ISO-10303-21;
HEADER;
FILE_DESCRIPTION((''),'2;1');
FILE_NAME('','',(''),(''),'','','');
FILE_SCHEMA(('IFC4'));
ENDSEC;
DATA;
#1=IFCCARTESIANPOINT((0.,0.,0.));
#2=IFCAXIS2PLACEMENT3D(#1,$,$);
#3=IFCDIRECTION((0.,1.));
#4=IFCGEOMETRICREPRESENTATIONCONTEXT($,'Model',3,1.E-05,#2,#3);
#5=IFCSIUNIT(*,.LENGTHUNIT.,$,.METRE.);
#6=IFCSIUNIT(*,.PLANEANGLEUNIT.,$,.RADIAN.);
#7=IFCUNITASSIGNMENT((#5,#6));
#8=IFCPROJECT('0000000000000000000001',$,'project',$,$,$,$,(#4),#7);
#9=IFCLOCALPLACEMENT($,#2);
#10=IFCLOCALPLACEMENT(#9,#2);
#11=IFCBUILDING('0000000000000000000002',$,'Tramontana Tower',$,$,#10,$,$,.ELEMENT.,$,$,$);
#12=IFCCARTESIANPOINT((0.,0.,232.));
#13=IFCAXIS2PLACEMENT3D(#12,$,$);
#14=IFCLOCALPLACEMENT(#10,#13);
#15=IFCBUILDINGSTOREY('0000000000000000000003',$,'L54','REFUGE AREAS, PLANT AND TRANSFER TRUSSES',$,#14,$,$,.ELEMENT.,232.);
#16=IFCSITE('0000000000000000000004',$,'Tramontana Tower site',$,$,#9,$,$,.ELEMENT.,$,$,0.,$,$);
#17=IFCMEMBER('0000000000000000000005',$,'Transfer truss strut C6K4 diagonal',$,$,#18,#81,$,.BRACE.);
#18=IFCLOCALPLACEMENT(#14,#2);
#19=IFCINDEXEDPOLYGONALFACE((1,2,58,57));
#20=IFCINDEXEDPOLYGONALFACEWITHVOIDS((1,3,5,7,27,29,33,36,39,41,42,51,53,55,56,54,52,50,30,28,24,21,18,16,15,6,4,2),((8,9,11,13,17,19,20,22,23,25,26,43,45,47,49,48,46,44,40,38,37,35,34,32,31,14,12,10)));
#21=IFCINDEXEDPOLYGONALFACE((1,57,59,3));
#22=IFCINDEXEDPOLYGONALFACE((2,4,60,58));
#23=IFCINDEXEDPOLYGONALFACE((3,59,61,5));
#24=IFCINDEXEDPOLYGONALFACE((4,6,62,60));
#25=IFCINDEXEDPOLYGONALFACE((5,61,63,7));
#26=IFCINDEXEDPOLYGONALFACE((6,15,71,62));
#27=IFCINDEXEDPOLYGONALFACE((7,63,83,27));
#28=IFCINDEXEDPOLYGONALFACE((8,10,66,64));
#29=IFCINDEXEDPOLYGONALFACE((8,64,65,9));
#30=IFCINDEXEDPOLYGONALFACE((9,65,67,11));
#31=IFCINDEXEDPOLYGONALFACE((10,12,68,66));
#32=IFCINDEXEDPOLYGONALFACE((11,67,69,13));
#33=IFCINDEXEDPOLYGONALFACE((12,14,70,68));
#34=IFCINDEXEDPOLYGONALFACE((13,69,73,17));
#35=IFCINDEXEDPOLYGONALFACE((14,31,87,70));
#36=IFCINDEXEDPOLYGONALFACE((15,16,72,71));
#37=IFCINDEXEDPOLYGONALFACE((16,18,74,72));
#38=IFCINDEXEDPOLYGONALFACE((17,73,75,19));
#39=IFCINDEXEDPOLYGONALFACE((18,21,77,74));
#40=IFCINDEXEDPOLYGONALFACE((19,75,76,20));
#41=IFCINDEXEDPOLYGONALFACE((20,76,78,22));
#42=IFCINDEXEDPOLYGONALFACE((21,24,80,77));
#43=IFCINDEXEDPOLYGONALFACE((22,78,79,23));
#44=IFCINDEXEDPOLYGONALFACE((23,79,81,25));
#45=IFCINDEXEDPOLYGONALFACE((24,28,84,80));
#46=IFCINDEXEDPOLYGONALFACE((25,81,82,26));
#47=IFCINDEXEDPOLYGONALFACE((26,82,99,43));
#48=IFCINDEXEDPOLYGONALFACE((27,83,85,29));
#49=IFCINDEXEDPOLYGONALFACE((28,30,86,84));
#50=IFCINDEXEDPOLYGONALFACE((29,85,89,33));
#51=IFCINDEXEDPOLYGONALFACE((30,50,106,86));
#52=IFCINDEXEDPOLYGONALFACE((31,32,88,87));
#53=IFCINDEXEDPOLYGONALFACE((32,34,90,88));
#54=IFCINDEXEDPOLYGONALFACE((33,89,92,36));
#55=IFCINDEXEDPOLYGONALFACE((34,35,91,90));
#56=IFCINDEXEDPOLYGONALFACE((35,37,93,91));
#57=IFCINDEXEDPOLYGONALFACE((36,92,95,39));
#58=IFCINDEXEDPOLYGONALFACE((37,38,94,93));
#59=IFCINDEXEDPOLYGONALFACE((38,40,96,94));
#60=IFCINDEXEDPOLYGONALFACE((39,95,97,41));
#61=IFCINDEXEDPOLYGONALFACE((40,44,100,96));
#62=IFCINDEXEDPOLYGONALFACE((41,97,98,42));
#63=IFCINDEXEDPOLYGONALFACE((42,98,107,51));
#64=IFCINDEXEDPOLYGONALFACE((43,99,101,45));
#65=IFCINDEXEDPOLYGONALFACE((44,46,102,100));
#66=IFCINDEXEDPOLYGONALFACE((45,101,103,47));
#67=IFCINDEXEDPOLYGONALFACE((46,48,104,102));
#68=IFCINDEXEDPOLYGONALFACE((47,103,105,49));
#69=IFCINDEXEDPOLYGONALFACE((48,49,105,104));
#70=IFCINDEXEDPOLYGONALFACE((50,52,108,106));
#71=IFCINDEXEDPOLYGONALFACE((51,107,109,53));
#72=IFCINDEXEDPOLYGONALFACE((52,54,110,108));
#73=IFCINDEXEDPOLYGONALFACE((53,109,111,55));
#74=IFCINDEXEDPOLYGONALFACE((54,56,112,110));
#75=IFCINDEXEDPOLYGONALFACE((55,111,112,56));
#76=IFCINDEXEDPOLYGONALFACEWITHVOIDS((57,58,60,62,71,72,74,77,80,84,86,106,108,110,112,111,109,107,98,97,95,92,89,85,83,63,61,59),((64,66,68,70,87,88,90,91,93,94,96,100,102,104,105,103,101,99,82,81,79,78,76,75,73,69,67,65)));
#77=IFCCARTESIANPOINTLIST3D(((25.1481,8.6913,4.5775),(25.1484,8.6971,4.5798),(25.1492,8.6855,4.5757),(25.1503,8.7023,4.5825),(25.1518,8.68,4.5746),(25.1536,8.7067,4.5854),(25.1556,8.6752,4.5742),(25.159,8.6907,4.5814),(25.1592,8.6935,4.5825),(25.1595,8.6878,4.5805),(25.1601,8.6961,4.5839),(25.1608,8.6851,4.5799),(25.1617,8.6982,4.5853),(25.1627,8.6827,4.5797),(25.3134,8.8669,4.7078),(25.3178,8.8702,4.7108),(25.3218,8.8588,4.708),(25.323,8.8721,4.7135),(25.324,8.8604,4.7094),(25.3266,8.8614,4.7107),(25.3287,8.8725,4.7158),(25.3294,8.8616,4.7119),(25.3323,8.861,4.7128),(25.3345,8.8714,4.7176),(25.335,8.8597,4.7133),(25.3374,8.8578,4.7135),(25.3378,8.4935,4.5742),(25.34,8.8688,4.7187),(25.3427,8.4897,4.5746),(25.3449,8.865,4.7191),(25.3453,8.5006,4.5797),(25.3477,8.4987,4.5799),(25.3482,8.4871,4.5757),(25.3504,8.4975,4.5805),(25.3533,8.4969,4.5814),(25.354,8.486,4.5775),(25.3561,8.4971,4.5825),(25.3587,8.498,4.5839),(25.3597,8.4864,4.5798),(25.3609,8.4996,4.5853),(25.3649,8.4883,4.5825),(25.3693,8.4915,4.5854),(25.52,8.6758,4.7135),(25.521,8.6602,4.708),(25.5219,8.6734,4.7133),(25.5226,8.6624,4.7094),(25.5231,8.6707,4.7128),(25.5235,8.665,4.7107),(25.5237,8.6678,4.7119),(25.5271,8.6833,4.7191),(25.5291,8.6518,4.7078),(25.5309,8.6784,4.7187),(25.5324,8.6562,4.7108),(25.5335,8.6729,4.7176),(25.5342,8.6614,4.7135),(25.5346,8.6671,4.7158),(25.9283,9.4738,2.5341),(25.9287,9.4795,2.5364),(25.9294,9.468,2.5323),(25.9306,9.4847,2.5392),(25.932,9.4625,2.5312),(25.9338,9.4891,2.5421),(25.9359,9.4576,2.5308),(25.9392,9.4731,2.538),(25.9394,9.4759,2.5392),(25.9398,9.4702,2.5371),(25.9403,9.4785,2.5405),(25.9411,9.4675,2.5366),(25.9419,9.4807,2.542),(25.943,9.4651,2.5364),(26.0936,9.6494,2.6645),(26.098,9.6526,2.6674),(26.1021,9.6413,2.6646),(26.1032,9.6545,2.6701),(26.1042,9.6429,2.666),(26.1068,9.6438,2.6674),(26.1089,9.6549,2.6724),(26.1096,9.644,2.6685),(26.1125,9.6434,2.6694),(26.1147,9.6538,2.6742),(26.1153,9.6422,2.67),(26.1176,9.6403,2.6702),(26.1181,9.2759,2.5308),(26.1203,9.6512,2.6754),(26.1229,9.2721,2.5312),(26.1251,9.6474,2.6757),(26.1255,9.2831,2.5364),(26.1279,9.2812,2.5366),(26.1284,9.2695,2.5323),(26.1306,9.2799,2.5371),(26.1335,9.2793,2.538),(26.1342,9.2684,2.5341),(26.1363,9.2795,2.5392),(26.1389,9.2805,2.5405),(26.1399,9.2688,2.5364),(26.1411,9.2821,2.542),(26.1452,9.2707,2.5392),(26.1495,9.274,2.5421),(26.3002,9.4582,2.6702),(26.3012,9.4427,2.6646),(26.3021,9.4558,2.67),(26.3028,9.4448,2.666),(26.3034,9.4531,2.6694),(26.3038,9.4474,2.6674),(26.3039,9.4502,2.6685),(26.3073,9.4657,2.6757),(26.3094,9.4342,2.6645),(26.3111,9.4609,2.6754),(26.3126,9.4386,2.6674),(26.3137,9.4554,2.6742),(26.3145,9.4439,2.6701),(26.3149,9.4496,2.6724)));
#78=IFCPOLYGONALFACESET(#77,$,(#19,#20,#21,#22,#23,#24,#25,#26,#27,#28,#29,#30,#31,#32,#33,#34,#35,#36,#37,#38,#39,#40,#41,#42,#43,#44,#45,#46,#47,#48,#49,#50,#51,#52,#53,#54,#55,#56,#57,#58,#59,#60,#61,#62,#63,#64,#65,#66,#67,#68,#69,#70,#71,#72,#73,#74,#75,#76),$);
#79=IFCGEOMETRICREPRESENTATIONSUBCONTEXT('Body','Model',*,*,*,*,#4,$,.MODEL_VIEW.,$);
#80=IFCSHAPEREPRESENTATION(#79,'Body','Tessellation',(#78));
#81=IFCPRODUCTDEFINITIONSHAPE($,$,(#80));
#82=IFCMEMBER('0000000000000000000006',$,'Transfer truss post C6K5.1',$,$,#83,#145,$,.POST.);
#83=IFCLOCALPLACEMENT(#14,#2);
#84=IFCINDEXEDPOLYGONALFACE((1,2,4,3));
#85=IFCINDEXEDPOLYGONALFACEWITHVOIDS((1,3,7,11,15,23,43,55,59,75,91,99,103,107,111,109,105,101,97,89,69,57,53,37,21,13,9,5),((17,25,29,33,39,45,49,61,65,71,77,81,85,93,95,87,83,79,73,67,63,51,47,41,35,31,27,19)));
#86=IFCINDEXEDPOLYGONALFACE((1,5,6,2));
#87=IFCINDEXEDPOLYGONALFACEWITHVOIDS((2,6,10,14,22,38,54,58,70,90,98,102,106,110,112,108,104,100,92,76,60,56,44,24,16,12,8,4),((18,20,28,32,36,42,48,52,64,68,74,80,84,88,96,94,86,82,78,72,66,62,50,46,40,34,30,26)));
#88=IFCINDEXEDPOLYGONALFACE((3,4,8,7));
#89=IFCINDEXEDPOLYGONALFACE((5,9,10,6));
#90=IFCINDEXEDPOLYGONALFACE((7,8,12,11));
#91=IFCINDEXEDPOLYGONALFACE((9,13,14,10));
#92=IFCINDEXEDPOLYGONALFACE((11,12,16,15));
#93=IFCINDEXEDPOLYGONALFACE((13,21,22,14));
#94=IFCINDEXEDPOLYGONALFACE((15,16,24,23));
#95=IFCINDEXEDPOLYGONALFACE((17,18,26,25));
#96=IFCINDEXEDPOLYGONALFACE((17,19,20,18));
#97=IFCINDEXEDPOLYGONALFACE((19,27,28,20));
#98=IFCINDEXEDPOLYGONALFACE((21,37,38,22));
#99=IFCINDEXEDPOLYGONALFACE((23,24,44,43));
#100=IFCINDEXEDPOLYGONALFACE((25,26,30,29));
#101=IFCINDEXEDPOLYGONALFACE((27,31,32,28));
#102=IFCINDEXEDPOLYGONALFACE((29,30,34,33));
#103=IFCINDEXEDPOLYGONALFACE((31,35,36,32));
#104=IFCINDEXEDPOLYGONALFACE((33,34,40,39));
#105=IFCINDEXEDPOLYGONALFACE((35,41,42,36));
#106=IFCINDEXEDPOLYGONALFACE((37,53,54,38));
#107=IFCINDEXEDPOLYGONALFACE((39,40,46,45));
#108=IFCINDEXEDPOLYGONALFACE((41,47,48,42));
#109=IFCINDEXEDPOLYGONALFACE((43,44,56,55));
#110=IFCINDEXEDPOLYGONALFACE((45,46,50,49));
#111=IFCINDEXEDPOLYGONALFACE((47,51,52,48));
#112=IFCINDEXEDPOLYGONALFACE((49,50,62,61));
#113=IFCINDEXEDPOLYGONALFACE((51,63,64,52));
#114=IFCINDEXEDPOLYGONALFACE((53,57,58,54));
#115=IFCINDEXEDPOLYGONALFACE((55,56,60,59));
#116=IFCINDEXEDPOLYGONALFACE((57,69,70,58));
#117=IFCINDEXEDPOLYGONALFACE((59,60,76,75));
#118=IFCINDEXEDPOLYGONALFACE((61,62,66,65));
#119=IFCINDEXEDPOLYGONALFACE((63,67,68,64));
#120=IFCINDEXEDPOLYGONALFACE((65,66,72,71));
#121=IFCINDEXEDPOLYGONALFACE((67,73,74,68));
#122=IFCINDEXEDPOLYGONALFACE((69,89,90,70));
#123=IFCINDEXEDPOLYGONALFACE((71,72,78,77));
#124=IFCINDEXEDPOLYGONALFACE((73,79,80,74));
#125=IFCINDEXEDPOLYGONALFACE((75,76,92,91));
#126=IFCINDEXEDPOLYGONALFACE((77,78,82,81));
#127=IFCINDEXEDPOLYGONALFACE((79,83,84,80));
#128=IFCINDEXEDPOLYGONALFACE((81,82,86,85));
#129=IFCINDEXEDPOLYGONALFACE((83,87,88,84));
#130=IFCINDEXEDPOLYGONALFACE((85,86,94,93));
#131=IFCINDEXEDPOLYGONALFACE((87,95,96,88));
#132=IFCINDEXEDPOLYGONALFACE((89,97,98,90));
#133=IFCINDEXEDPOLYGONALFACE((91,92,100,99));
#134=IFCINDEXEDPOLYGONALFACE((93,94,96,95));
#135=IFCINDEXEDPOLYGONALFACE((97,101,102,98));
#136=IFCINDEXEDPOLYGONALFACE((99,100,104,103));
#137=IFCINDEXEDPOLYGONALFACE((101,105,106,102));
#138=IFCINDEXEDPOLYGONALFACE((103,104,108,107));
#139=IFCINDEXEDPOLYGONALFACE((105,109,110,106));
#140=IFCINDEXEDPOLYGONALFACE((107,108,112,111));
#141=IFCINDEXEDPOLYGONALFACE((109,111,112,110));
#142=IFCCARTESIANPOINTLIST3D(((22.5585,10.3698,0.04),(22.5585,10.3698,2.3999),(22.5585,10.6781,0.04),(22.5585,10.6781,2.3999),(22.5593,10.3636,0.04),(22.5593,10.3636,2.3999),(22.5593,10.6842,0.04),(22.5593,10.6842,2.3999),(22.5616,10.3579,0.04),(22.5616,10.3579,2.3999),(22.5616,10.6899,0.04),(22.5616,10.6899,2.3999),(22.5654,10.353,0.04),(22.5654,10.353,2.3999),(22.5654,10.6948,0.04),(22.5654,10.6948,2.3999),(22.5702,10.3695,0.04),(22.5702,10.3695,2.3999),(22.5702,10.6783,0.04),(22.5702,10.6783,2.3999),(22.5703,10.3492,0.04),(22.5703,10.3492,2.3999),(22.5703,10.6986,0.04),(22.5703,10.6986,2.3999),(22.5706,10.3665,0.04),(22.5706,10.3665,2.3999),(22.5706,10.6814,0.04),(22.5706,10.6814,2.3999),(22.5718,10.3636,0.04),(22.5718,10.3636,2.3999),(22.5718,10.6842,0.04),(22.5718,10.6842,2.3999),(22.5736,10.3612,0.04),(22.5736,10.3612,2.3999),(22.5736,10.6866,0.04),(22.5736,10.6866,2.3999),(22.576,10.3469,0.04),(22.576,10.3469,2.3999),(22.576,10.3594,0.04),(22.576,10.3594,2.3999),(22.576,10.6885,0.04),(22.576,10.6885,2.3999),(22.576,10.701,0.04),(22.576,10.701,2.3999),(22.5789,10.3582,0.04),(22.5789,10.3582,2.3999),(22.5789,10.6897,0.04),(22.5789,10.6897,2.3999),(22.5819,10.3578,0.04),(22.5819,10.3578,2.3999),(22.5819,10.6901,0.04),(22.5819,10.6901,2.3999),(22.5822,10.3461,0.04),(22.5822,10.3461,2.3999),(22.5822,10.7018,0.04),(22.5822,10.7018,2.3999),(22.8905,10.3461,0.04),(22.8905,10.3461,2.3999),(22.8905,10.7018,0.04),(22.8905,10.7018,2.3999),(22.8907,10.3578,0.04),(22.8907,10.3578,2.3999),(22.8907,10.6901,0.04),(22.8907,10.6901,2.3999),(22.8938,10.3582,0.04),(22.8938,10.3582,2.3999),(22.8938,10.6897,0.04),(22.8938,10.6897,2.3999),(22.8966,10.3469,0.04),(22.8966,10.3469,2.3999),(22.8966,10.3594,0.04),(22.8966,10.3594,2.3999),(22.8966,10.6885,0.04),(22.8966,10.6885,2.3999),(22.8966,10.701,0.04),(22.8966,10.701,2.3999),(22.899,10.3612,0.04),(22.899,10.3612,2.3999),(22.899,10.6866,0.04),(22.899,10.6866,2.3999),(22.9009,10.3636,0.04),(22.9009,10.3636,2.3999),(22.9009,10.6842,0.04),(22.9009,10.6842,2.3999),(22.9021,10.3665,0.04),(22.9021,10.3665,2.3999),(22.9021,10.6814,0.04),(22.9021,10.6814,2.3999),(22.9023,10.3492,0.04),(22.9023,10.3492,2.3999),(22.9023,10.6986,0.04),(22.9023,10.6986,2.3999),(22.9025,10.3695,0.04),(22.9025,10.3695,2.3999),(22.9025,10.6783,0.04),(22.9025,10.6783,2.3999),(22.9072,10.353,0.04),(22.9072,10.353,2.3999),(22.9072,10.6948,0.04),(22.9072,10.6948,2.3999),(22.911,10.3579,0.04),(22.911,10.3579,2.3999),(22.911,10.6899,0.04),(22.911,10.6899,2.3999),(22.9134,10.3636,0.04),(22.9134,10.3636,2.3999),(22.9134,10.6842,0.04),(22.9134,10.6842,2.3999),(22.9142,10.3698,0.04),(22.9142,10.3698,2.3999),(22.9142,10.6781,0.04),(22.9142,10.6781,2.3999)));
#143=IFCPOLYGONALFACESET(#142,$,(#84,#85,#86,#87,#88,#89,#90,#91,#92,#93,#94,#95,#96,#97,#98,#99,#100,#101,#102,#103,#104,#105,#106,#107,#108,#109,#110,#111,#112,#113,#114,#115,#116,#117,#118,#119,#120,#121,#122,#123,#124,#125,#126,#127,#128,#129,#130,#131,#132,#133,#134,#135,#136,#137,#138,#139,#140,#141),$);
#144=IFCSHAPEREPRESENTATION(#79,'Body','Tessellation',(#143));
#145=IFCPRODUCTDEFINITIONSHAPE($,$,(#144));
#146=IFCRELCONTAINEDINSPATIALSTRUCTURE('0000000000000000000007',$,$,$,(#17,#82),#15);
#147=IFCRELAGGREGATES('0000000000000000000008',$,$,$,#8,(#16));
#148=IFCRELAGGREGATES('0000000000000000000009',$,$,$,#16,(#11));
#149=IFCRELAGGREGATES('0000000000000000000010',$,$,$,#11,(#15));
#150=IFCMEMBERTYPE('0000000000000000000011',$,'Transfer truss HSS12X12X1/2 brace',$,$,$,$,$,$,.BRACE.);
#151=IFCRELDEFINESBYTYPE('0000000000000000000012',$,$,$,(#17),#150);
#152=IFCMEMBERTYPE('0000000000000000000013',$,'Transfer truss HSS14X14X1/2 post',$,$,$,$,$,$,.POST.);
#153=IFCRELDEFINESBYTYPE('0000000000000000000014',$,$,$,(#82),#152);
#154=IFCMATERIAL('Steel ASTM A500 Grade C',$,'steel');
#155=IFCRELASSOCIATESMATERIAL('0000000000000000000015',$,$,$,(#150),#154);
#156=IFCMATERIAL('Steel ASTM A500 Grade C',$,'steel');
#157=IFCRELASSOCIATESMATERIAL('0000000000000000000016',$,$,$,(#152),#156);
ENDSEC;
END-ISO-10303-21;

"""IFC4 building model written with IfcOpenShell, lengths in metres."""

from ifc_helpers import new_model, si_unit, direction, frame, origin, origin_2d, place, context, subcontext, project, spatial, hollow_rectangle, extrude, material, material_profile, profile_set, type_object, element, save


model = new_model("IFC4")

# Units and contexts
model_context = context("Model", 3, precision=1e-05, world=origin(), true_north=direction((0.0, 1.0)))
body_context = subcontext(model_context, "Body", "Model", "MODEL_VIEW")
ifc_project = project(units=[si_unit("LENGTHUNIT", "METRE"), si_unit("PLANEANGLEUNIT", "RADIAN")], contexts=[model_context])

# Site, building, storey
site_placement = place(None, origin())
site = spatial("IfcSite", under=ifc_project, at=site_placement, Name="Tramontana Tower site", CompositionType="ELEMENT", RefElevation=0.0)
building_placement = place(site_placement, origin())
building = spatial("IfcBuilding", under=site, at=building_placement, Name="Tramontana Tower", CompositionType="ELEMENT")
storey_placement = place(building_placement, frame((0.0, 0.0, 232.0)))
storey = spatial("IfcBuildingStorey", under=building, at=storey_placement, Name="L54", Description="REFUGE AREAS, PLANT AND TRANSFER TRUSSES", CompositionType="ELEMENT", Elevation=232.0)

# Members
ifc_material_1 = material(Name="Steel ASTM A500 Grade C", Category="steel")
ifc_material_profile_1 = material_profile(ifc_material_1, hollow_rectangle(XDim=0.3047, YDim=0.3047, WallThickness=0.0117, InnerFilletRadius=0.0117, OuterFilletRadius=0.0237, at=origin_2d()), Name="HSS12X12X1/2")
ifc_profile_set_1 = profile_set([ifc_material_profile_1], Name="Steel ASTM A500 Grade C")
member_type_1 = type_object("IfcMemberType", Name="Transfer truss HSS12X12X1/2 brace", PredefinedType="BRACE", material=ifc_profile_set_1)
member_1_placement = place(storey_placement, frame((26.1216, 9.4617, 2.6033), z_axis=(-0.335876, -0.336821, 0.879624), x_axis=(0.7081, -0.706112, 0.0)))
element("IfcMember", 1, at=member_1_placement, inside=storey, type_object=member_type_1, Name="Transfer truss strut C6K4 diagonal", PredefinedType="BRACE", context=body_context, shape_type="SweptSolid", body=[
    extrude(hollow_rectangle(XDim=0.3047, YDim=0.3047, WallThickness=0.0117, InnerFilletRadius=0.0117, OuterFilletRadius=0.0237, at=origin_2d()), origin(), (0.0, 0.0, 1.0), 2.323),
])
ifc_material_2 = material(Name="Steel ASTM A500 Grade C", Category="steel")
ifc_material_profile_2 = material_profile(ifc_material_2, hollow_rectangle(XDim=0.3557, YDim=0.3557, WallThickness=0.0117, InnerFilletRadius=0.0117, OuterFilletRadius=0.0237, at=origin_2d()), Name="HSS14X14X1/2")
ifc_profile_set_2 = profile_set([ifc_material_profile_2], Name="Steel ASTM A500 Grade C")
member_type_2 = type_object("IfcMemberType", Name="Transfer truss HSS14X14X1/2 post", PredefinedType="POST", material=ifc_profile_set_2)
for number, where, z_axis, x_axis, name in (
    (2, (22.7363, 10.5239, 0.04), (0.0, 0.0, 1.0), (1.0, 0.0, 0.0), "Transfer truss post C6K5.1"),
):
    element("IfcMember", number, at=place(storey_placement, frame(where, z_axis=z_axis, x_axis=x_axis)), inside=storey, type_object=member_type_2, Name=name, PredefinedType="POST", context=body_context, shape_type="SweptSolid", body=[
        extrude(hollow_rectangle(XDim=0.3557, YDim=0.3557, WallThickness=0.0117, InnerFilletRadius=0.0117, OuterFilletRadius=0.0237, at=origin_2d()), origin(), (0.0, 0.0, 1.0), 2.3599),
    ])

save(model, "model.ifc")
